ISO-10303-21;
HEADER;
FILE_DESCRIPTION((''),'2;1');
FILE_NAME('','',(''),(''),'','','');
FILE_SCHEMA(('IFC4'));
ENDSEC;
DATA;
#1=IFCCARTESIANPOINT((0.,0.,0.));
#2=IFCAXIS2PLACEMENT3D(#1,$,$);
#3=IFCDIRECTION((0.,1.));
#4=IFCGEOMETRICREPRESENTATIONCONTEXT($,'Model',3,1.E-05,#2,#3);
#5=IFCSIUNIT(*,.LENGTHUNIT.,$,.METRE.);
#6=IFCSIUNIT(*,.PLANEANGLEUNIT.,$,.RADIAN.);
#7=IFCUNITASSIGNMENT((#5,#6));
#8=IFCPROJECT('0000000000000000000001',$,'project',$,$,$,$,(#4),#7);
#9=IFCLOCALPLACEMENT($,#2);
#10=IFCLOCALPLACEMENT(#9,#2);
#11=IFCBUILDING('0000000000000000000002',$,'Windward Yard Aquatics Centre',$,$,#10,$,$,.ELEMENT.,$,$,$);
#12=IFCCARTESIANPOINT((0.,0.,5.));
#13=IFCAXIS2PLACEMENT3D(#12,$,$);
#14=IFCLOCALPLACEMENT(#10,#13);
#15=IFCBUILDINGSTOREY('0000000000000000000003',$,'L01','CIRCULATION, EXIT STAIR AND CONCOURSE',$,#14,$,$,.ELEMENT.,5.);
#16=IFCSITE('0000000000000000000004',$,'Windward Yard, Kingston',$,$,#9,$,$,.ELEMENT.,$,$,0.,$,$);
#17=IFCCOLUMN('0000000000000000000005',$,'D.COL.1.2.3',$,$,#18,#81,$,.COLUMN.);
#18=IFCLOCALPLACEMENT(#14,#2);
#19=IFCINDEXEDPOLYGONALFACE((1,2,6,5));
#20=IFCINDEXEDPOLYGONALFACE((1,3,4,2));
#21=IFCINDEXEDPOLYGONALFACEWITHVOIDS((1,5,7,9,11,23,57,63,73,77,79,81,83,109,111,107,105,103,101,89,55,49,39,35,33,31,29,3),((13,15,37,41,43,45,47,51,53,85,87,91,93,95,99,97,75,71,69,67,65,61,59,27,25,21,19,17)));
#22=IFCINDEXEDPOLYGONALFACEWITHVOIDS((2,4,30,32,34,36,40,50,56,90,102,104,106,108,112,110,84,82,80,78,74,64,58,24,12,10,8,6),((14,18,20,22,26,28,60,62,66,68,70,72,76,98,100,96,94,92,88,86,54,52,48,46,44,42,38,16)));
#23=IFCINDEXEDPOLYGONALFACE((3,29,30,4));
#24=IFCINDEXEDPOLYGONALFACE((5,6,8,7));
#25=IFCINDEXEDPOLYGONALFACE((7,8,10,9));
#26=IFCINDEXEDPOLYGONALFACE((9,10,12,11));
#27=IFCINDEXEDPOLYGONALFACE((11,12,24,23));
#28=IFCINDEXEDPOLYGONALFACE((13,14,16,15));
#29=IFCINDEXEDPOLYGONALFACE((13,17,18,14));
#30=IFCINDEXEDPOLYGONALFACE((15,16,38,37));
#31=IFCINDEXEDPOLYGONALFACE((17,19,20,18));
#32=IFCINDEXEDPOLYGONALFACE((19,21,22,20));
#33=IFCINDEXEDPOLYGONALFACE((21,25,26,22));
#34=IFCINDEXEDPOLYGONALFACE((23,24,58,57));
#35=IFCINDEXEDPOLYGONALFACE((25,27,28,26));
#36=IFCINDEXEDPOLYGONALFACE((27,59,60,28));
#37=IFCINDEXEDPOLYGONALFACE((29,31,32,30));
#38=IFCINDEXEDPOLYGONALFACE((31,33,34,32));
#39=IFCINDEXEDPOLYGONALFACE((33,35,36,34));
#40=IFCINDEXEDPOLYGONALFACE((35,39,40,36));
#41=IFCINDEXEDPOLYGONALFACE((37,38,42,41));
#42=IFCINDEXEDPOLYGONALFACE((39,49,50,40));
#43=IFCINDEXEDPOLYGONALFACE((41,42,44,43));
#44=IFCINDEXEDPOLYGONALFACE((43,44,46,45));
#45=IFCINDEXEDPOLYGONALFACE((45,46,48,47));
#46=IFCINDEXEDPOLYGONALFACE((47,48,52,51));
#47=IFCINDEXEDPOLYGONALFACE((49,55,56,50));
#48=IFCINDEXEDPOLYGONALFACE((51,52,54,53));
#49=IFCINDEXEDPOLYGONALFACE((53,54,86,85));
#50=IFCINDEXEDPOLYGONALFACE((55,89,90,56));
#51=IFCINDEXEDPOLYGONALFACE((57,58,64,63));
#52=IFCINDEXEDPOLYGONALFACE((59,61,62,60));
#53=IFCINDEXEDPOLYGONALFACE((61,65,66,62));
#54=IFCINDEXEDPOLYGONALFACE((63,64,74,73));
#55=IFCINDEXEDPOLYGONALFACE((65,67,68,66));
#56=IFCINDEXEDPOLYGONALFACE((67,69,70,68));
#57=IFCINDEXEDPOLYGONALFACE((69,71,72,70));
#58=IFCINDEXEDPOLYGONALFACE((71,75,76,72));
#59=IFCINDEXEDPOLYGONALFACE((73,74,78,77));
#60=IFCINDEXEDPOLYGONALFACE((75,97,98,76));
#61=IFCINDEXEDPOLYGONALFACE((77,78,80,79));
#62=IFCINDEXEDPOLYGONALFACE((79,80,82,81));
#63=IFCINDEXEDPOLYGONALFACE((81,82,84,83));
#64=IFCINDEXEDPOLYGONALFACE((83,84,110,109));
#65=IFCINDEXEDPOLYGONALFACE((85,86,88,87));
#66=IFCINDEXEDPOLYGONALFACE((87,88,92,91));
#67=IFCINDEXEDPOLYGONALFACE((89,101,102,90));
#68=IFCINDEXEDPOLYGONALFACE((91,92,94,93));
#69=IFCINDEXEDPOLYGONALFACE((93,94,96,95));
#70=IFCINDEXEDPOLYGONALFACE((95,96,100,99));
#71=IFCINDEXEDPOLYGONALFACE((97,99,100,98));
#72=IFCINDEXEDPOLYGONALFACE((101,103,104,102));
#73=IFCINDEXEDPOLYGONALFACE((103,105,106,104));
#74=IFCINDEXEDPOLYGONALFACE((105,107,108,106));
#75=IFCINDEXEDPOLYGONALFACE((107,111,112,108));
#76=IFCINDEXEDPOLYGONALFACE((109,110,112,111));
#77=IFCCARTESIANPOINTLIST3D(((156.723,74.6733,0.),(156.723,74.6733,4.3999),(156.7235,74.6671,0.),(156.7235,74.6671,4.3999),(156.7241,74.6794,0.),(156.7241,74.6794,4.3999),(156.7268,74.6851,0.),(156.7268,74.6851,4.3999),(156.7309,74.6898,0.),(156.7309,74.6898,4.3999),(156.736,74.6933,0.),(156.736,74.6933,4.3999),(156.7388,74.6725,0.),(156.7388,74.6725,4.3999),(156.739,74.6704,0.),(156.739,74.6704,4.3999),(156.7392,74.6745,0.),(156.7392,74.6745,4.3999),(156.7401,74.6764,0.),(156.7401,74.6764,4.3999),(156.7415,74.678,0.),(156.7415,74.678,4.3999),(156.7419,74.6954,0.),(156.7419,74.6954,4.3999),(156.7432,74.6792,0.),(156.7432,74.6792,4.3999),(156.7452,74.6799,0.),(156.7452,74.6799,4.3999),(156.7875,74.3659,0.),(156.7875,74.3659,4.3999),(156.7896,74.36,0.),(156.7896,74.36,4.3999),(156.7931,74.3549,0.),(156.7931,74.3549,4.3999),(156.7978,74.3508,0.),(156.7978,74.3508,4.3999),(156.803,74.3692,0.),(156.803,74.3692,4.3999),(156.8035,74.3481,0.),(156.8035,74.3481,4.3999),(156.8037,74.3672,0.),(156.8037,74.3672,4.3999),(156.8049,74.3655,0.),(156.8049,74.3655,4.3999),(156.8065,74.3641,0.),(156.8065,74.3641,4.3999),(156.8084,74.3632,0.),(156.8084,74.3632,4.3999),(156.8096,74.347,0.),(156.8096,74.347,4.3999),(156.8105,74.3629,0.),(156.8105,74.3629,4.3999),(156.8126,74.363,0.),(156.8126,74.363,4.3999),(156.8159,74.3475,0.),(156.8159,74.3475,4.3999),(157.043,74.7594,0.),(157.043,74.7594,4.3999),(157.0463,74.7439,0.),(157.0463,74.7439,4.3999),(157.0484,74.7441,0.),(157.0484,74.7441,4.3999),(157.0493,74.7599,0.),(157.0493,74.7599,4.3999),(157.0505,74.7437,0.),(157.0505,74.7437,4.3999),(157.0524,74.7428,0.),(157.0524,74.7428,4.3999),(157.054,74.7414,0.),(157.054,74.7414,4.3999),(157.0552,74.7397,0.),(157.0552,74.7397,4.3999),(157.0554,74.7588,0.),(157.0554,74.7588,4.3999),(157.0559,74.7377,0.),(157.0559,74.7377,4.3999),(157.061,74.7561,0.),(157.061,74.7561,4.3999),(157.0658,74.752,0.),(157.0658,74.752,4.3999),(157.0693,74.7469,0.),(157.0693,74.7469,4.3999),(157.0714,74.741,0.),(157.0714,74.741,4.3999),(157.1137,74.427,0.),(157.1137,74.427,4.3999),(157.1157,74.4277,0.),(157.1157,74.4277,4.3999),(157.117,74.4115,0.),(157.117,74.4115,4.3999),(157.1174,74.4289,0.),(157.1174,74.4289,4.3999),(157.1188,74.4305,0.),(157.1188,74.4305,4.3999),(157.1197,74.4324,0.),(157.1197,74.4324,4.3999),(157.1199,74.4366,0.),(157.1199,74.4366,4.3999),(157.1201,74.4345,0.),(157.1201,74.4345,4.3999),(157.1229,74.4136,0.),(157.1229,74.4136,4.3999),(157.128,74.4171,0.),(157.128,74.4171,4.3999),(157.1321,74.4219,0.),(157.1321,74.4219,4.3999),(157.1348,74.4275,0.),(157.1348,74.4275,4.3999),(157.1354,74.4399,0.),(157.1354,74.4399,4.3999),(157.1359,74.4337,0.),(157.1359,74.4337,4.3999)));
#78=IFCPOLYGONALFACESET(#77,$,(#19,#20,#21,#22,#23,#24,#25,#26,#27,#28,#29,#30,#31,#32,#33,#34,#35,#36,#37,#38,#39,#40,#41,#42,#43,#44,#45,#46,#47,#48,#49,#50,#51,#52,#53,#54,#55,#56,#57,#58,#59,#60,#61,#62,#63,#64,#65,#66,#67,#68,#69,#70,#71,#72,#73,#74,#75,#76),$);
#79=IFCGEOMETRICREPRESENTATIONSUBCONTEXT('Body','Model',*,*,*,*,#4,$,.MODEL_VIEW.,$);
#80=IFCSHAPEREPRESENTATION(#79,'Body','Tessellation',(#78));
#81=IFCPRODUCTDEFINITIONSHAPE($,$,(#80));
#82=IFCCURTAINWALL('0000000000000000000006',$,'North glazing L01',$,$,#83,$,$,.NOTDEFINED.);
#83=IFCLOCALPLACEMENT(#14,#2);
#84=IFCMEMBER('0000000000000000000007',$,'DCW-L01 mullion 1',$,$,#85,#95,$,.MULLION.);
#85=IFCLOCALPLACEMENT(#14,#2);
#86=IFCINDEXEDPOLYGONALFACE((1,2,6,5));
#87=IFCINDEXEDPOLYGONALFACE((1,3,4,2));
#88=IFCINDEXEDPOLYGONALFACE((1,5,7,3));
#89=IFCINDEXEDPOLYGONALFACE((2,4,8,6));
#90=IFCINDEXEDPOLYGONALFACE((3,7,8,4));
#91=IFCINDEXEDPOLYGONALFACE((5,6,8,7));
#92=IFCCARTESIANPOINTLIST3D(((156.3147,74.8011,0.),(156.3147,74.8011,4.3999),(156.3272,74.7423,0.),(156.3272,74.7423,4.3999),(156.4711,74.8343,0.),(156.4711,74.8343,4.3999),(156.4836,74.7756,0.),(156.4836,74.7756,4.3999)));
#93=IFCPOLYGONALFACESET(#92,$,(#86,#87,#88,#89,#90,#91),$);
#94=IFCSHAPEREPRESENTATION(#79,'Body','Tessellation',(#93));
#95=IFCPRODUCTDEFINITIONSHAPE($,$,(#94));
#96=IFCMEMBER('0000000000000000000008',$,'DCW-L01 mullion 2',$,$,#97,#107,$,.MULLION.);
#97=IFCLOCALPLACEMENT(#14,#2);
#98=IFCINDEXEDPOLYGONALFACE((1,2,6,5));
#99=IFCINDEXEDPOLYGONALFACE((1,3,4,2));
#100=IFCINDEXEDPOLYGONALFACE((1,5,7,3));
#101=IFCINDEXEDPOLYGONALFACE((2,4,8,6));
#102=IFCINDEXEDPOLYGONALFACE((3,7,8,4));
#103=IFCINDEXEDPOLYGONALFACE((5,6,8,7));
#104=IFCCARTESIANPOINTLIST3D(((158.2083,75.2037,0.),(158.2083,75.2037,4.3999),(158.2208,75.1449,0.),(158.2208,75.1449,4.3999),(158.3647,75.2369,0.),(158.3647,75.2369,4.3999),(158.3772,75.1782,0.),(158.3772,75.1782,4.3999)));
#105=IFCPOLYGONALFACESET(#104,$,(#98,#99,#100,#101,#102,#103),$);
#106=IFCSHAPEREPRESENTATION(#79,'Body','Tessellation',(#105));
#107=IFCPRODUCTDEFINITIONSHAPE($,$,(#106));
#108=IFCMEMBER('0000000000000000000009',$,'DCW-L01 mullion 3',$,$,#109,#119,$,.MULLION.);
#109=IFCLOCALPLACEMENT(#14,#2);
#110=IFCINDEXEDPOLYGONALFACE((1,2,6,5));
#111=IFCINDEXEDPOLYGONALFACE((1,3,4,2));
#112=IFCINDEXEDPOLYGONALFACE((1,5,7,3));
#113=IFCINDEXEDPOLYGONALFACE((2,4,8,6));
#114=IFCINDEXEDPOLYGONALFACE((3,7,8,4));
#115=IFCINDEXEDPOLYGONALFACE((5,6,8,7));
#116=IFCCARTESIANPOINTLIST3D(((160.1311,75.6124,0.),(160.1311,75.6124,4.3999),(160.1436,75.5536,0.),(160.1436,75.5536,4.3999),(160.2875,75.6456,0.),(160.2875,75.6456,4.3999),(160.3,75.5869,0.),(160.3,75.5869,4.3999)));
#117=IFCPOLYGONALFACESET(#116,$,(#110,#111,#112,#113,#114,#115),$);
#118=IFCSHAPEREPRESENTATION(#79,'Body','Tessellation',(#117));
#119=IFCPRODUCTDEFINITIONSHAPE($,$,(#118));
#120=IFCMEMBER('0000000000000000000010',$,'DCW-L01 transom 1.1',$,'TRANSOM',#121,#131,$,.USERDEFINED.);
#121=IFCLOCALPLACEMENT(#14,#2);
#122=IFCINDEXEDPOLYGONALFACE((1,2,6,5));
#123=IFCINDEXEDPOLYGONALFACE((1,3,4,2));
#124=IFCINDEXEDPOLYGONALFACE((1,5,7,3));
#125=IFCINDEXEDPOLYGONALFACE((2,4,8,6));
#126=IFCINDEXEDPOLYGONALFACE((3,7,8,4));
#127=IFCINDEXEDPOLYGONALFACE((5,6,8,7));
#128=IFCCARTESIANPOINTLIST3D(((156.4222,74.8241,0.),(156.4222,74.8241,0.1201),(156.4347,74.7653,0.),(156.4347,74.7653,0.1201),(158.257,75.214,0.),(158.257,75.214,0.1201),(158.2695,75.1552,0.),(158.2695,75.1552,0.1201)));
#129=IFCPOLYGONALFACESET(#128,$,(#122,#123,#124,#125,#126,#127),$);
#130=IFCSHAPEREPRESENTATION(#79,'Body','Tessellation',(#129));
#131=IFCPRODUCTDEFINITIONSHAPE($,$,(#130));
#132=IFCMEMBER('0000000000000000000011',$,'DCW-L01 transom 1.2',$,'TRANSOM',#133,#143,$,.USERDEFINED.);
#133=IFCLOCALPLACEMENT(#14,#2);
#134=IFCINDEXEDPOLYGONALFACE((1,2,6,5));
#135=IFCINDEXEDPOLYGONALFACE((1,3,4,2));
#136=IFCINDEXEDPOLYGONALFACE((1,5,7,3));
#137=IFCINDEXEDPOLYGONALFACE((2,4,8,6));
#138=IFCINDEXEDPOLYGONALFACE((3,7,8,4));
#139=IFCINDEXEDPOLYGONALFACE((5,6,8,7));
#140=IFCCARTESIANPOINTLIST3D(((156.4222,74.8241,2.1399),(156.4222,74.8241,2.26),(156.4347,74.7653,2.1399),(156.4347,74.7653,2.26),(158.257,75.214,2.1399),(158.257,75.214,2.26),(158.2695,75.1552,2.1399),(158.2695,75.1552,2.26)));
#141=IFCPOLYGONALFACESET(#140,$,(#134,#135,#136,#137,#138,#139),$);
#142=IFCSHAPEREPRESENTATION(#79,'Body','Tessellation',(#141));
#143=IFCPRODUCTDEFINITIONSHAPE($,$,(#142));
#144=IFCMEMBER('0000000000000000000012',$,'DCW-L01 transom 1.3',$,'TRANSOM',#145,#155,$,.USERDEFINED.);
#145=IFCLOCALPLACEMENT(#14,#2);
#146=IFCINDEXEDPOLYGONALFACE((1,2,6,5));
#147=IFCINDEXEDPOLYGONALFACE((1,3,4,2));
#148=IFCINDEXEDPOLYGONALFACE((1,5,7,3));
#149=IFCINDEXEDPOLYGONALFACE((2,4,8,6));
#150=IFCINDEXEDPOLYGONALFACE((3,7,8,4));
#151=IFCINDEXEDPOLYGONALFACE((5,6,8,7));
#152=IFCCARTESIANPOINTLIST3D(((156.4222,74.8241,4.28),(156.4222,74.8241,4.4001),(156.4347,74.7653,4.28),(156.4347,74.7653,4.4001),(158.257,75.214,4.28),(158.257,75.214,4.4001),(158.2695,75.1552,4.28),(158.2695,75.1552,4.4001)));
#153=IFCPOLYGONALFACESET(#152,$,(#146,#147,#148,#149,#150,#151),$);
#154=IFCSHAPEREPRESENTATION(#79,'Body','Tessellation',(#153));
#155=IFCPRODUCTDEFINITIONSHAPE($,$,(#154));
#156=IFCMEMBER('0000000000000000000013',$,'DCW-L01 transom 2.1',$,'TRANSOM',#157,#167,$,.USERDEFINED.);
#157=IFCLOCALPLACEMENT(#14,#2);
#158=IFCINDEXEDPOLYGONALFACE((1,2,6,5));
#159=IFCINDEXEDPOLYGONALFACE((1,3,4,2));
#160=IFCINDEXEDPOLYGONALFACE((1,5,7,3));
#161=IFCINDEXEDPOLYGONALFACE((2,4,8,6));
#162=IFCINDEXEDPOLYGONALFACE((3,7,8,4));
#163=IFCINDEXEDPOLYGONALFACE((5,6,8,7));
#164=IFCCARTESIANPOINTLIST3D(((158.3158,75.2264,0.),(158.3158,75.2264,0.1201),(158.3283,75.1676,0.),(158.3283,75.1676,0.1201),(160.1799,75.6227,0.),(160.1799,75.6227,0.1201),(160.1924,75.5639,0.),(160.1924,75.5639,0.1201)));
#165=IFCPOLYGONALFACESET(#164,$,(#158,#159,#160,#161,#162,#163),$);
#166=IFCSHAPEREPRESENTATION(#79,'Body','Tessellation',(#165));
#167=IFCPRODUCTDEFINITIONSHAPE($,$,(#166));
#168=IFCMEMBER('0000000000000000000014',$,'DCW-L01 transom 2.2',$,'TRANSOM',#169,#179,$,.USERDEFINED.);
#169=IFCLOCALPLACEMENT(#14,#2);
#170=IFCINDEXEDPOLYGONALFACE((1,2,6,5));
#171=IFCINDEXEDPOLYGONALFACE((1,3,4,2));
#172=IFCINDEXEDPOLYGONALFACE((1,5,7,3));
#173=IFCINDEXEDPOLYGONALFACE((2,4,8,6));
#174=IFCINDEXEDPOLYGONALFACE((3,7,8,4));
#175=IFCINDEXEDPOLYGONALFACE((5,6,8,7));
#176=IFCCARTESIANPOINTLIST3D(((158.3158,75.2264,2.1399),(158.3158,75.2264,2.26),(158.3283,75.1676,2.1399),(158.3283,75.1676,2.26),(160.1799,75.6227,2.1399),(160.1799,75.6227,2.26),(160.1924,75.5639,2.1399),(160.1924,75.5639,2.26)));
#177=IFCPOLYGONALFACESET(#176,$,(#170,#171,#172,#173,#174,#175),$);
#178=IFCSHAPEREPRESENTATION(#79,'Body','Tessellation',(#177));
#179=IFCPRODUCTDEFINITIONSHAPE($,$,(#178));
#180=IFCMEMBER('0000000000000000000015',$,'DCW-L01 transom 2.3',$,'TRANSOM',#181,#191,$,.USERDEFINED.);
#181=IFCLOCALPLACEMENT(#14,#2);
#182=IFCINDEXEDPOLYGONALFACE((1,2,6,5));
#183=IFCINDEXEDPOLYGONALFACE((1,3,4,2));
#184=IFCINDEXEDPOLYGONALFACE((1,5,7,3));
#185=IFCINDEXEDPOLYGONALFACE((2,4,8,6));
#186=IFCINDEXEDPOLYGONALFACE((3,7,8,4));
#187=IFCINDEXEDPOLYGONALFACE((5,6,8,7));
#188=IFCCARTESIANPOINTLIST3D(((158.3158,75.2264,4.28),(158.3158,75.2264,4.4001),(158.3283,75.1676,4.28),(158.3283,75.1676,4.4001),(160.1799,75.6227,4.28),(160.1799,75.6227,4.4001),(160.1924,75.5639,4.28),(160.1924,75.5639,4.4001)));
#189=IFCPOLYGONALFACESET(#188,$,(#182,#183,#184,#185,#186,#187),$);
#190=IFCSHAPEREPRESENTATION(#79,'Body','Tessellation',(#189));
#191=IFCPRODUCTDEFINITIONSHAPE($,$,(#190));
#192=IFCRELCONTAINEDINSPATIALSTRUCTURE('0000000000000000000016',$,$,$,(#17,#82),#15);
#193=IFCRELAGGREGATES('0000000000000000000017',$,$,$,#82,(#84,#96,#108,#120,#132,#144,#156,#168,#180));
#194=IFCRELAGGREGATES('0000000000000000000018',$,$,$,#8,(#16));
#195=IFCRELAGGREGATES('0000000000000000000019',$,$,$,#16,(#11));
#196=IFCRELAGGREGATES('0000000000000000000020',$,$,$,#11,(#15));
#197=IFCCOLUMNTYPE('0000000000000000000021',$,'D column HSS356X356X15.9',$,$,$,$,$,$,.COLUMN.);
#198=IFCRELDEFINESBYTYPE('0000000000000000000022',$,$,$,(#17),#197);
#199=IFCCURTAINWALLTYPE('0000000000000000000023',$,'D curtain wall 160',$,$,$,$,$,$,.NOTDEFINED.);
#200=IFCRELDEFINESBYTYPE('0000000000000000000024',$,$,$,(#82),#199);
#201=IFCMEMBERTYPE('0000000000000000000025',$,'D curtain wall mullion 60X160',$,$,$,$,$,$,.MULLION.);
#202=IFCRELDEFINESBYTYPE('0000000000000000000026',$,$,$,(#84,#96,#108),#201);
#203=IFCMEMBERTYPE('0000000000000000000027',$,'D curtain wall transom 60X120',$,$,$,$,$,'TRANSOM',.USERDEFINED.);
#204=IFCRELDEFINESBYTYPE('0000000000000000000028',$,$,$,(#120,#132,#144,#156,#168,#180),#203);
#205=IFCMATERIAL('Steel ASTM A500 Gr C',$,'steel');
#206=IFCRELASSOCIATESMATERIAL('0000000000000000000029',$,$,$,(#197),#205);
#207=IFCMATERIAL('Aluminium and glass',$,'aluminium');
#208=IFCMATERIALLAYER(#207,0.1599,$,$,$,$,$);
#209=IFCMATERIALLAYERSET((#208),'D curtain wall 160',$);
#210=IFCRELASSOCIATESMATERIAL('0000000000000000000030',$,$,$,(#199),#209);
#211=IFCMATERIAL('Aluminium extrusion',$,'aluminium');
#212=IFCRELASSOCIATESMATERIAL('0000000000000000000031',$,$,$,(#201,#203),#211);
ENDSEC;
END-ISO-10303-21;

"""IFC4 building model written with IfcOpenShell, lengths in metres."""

from ifc_helpers import new_model, si_unit, direction, frame, origin, origin_2d, place, context, subcontext, project, spatial, rectangle, hollow_rectangle, extrude, material, layer, layer_set, material_profile, profile_set, type_object, element, aggregate, save


model = new_model("IFC4")

# Units and contexts
model_context = context("Model", 3, precision=1e-05, world=origin(), true_north=direction((0.0, 1.0)))
body_context = subcontext(model_context, "Body", "Model", "MODEL_VIEW")
ifc_project = project(units=[si_unit("LENGTHUNIT", "METRE"), si_unit("PLANEANGLEUNIT", "RADIAN")], contexts=[model_context])

# Site, building, storey
site_placement = place(None, origin())
site = spatial("IfcSite", under=ifc_project, at=site_placement, Name="Windward Yard, Kingston", CompositionType="ELEMENT", RefElevation=0.0)
building_placement = place(site_placement, origin())
building = spatial("IfcBuilding", under=site, at=building_placement, Name="Windward Yard Aquatics Centre", CompositionType="ELEMENT")
storey_placement = place(building_placement, frame((0.0, 0.0, 5.0)))
storey = spatial("IfcBuildingStorey", under=building, at=storey_placement, Name="L01", Description="CIRCULATION, EXIT STAIR AND CONCOURSE", CompositionType="ELEMENT", Elevation=5.0)

# Column
ifc_material_1 = material(Name="Steel ASTM A500 Gr C", Category="steel")
ifc_material_profile_1 = material_profile(ifc_material_1, hollow_rectangle(XDim=0.3557, YDim=0.3557, WallThickness=0.0159, InnerFilletRadius=0.0081, OuterFilletRadius=0.0239, at=origin_2d()), Name="HSS356X356X15.9")
ifc_profile_set_1 = profile_set([ifc_material_profile_1], Name="Steel ASTM A500 Gr C")
column_type = type_object("IfcColumnType", Name="D column HSS356X356X15.9", PredefinedType="COLUMN", material=ifc_profile_set_1)
column_placement = place(storey_placement, frame((156.9294, 74.5535, 0.0), z_axis=(0.0, 0.0, 1.0), x_axis=(0.978148, 0.207912, 0.0)))
element("IfcColumn", 1, at=column_placement, inside=storey, type_object=column_type, Name="D.COL.1.2.3", PredefinedType="COLUMN", context=body_context, shape_type="SweptSolid", body=[
    extrude(hollow_rectangle(XDim=0.3557, YDim=0.3557, WallThickness=0.0159, InnerFilletRadius=0.0081, OuterFilletRadius=0.0239, at=origin_2d()), origin(), (0.0, 0.0, 1.0), 4.3999),
])

# Curtain wall, members
ifc_material_2 = material(Name="Aluminium and glass", Category="aluminium")
ifc_layer_1 = layer(ifc_material_2, 0.1599)
ifc_layer_set_1 = layer_set([ifc_layer_1], Name="D curtain wall 160")
curtain_wall_type_1 = type_object("IfcCurtainWallType", Name="D curtain wall 160", PredefinedType="NOTDEFINED", material=ifc_layer_set_1)
curtain_wall_1_placement = place(storey_placement, origin())
curtain_wall_1 = element("IfcCurtainWall", 2, at=curtain_wall_1_placement, inside=storey, type_object=curtain_wall_type_1, Name="North glazing L01", PredefinedType="NOTDEFINED")
ifc_material_3 = material(Name="Aluminium extrusion", Category="aluminium")
ifc_material_profile_2 = material_profile(ifc_material_3, rectangle(XDim=0.0601, YDim=0.1599, at=origin_2d()), Name="MULLION 60X160")
ifc_profile_set_2 = profile_set([ifc_material_profile_2], Name="Aluminium extrusion")
member_type_1 = type_object("IfcMemberType", Name="D curtain wall mullion 60X160", PredefinedType="MULLION", material=ifc_profile_set_2)
member_1_placement = place(storey_placement, frame((156.3992, 74.7883, 0.0), z_axis=(0.0, 0.0, 1.0), x_axis=(-0.207912, 0.978148, 0.0)))
member_1 = element("IfcMember", 3, at=member_1_placement, type_object=member_type_1, Name="DCW-L01 mullion 1", PredefinedType="MULLION", context=body_context, shape_type="SweptSolid", body=[
    extrude(rectangle(XDim=0.0601, YDim=0.1599, at=origin_2d()), origin(), (0.0, 0.0, 1.0), 4.3999),
])
member_2_placement = place(storey_placement, frame((158.2927, 75.1909, 0.0), z_axis=(0.0, 0.0, 1.0), x_axis=(-0.207912, 0.978148, 0.0)))
member_2 = element("IfcMember", 4, at=member_2_placement, type_object=member_type_1, Name="DCW-L01 mullion 2", PredefinedType="MULLION", context=body_context, shape_type="SweptSolid", body=[
    extrude(rectangle(XDim=0.0601, YDim=0.1599, at=origin_2d()), origin(), (0.0, 0.0, 1.0), 4.3999),
])
member_3_placement = place(storey_placement, frame((160.2156, 75.5996, 0.0), z_axis=(0.0, 0.0, 1.0), x_axis=(-0.207912, 0.978148, 0.0)))
member_3 = element("IfcMember", 5, at=member_3_placement, type_object=member_type_1, Name="DCW-L01 mullion 3", PredefinedType="MULLION", context=body_context, shape_type="SweptSolid", body=[
    extrude(rectangle(XDim=0.0601, YDim=0.1599, at=origin_2d()), origin(), (0.0, 0.0, 1.0), 4.3999),
])
ifc_material_profile_3 = material_profile(ifc_material_3, rectangle(XDim=0.0601, YDim=0.1201, at=origin_2d()), Name="TRANSOM 60X120")
ifc_profile_set_3 = profile_set([ifc_material_profile_3], Name="Aluminium extrusion")
member_type_2 = type_object("IfcMemberType", Name="D curtain wall transom 60X120", ElementType="TRANSOM", PredefinedType="USERDEFINED", material=ifc_profile_set_3)
member_4_placement = place(storey_placement, frame((156.4285, 74.7947, 0.0601), z_axis=(0.978157, 0.207867, 0.0), x_axis=(-0.207867, 0.978157, 0.0)))
member_4 = element("IfcMember", 6, at=member_4_placement, type_object=member_type_2, Name="DCW-L01 transom 1.1", ObjectType="TRANSOM", PredefinedType="USERDEFINED", context=body_context, shape_type="SweptSolid", body=[
    extrude(rectangle(XDim=0.0601, YDim=0.1201, at=origin_2d()), origin(), (0.0, 0.0, 1.0), 1.8757),
])
member_5_placement = place(storey_placement, frame((156.4285, 74.7947, 2.2), z_axis=(0.978157, 0.207867, 0.0), x_axis=(-0.207867, 0.978157, 0.0)))
member_5 = element("IfcMember", 7, at=member_5_placement, type_object=member_type_2, Name="DCW-L01 transom 1.2", ObjectType="TRANSOM", PredefinedType="USERDEFINED", context=body_context, shape_type="SweptSolid", body=[
    extrude(rectangle(XDim=0.0601, YDim=0.1201, at=origin_2d()), origin(), (0.0, 0.0, 1.0), 1.8757),
])
member_6_placement = place(storey_placement, frame((156.4285, 74.7947, 4.3401), z_axis=(0.978157, 0.207867, 0.0), x_axis=(-0.207867, 0.978157, 0.0)))
member_6 = element("IfcMember", 8, at=member_6_placement, type_object=member_type_2, Name="DCW-L01 transom 1.3", ObjectType="TRANSOM", PredefinedType="USERDEFINED", context=body_context, shape_type="SweptSolid", body=[
    extrude(rectangle(XDim=0.0601, YDim=0.1201, at=origin_2d()), origin(), (0.0, 0.0, 1.0), 1.8757),
])
member_7_placement = place(storey_placement, frame((158.322, 75.197, 0.0601), z_axis=(0.978144, 0.207928, 0.0), x_axis=(-0.207928, 0.978144, 0.0)))
member_7 = element("IfcMember", 9, at=member_7_placement, type_object=member_type_2, Name="DCW-L01 transom 2.1", ObjectType="TRANSOM", PredefinedType="USERDEFINED", context=body_context, shape_type="SweptSolid", body=[
    extrude(rectangle(XDim=0.0601, YDim=0.1201, at=origin_2d()), origin(), (0.0, 0.0, 1.0), 1.9058),
])
member_8_placement = place(storey_placement, frame((158.322, 75.197, 2.2), z_axis=(0.978144, 0.207928, 0.0), x_axis=(-0.207928, 0.978144, 0.0)))
member_8 = element("IfcMember", 10, at=member_8_placement, type_object=member_type_2, Name="DCW-L01 transom 2.2", ObjectType="TRANSOM", PredefinedType="USERDEFINED", context=body_context, shape_type="SweptSolid", body=[
    extrude(rectangle(XDim=0.0601, YDim=0.1201, at=origin_2d()), origin(), (0.0, 0.0, 1.0), 1.9058),
])
member_9_placement = place(storey_placement, frame((158.322, 75.197, 4.3401), z_axis=(0.978144, 0.207928, 0.0), x_axis=(-0.207928, 0.978144, 0.0)))
member_9 = element("IfcMember", 11, at=member_9_placement, type_object=member_type_2, Name="DCW-L01 transom 2.3", ObjectType="TRANSOM", PredefinedType="USERDEFINED", context=body_context, shape_type="SweptSolid", body=[
    extrude(rectangle(XDim=0.0601, YDim=0.1201, at=origin_2d()), origin(), (0.0, 0.0, 1.0), 1.9058),
])

aggregate(curtain_wall_1, [member_1, member_2, member_3, member_4, member_5, member_6, member_7, member_8, member_9])

save(model, "model.ifc")
